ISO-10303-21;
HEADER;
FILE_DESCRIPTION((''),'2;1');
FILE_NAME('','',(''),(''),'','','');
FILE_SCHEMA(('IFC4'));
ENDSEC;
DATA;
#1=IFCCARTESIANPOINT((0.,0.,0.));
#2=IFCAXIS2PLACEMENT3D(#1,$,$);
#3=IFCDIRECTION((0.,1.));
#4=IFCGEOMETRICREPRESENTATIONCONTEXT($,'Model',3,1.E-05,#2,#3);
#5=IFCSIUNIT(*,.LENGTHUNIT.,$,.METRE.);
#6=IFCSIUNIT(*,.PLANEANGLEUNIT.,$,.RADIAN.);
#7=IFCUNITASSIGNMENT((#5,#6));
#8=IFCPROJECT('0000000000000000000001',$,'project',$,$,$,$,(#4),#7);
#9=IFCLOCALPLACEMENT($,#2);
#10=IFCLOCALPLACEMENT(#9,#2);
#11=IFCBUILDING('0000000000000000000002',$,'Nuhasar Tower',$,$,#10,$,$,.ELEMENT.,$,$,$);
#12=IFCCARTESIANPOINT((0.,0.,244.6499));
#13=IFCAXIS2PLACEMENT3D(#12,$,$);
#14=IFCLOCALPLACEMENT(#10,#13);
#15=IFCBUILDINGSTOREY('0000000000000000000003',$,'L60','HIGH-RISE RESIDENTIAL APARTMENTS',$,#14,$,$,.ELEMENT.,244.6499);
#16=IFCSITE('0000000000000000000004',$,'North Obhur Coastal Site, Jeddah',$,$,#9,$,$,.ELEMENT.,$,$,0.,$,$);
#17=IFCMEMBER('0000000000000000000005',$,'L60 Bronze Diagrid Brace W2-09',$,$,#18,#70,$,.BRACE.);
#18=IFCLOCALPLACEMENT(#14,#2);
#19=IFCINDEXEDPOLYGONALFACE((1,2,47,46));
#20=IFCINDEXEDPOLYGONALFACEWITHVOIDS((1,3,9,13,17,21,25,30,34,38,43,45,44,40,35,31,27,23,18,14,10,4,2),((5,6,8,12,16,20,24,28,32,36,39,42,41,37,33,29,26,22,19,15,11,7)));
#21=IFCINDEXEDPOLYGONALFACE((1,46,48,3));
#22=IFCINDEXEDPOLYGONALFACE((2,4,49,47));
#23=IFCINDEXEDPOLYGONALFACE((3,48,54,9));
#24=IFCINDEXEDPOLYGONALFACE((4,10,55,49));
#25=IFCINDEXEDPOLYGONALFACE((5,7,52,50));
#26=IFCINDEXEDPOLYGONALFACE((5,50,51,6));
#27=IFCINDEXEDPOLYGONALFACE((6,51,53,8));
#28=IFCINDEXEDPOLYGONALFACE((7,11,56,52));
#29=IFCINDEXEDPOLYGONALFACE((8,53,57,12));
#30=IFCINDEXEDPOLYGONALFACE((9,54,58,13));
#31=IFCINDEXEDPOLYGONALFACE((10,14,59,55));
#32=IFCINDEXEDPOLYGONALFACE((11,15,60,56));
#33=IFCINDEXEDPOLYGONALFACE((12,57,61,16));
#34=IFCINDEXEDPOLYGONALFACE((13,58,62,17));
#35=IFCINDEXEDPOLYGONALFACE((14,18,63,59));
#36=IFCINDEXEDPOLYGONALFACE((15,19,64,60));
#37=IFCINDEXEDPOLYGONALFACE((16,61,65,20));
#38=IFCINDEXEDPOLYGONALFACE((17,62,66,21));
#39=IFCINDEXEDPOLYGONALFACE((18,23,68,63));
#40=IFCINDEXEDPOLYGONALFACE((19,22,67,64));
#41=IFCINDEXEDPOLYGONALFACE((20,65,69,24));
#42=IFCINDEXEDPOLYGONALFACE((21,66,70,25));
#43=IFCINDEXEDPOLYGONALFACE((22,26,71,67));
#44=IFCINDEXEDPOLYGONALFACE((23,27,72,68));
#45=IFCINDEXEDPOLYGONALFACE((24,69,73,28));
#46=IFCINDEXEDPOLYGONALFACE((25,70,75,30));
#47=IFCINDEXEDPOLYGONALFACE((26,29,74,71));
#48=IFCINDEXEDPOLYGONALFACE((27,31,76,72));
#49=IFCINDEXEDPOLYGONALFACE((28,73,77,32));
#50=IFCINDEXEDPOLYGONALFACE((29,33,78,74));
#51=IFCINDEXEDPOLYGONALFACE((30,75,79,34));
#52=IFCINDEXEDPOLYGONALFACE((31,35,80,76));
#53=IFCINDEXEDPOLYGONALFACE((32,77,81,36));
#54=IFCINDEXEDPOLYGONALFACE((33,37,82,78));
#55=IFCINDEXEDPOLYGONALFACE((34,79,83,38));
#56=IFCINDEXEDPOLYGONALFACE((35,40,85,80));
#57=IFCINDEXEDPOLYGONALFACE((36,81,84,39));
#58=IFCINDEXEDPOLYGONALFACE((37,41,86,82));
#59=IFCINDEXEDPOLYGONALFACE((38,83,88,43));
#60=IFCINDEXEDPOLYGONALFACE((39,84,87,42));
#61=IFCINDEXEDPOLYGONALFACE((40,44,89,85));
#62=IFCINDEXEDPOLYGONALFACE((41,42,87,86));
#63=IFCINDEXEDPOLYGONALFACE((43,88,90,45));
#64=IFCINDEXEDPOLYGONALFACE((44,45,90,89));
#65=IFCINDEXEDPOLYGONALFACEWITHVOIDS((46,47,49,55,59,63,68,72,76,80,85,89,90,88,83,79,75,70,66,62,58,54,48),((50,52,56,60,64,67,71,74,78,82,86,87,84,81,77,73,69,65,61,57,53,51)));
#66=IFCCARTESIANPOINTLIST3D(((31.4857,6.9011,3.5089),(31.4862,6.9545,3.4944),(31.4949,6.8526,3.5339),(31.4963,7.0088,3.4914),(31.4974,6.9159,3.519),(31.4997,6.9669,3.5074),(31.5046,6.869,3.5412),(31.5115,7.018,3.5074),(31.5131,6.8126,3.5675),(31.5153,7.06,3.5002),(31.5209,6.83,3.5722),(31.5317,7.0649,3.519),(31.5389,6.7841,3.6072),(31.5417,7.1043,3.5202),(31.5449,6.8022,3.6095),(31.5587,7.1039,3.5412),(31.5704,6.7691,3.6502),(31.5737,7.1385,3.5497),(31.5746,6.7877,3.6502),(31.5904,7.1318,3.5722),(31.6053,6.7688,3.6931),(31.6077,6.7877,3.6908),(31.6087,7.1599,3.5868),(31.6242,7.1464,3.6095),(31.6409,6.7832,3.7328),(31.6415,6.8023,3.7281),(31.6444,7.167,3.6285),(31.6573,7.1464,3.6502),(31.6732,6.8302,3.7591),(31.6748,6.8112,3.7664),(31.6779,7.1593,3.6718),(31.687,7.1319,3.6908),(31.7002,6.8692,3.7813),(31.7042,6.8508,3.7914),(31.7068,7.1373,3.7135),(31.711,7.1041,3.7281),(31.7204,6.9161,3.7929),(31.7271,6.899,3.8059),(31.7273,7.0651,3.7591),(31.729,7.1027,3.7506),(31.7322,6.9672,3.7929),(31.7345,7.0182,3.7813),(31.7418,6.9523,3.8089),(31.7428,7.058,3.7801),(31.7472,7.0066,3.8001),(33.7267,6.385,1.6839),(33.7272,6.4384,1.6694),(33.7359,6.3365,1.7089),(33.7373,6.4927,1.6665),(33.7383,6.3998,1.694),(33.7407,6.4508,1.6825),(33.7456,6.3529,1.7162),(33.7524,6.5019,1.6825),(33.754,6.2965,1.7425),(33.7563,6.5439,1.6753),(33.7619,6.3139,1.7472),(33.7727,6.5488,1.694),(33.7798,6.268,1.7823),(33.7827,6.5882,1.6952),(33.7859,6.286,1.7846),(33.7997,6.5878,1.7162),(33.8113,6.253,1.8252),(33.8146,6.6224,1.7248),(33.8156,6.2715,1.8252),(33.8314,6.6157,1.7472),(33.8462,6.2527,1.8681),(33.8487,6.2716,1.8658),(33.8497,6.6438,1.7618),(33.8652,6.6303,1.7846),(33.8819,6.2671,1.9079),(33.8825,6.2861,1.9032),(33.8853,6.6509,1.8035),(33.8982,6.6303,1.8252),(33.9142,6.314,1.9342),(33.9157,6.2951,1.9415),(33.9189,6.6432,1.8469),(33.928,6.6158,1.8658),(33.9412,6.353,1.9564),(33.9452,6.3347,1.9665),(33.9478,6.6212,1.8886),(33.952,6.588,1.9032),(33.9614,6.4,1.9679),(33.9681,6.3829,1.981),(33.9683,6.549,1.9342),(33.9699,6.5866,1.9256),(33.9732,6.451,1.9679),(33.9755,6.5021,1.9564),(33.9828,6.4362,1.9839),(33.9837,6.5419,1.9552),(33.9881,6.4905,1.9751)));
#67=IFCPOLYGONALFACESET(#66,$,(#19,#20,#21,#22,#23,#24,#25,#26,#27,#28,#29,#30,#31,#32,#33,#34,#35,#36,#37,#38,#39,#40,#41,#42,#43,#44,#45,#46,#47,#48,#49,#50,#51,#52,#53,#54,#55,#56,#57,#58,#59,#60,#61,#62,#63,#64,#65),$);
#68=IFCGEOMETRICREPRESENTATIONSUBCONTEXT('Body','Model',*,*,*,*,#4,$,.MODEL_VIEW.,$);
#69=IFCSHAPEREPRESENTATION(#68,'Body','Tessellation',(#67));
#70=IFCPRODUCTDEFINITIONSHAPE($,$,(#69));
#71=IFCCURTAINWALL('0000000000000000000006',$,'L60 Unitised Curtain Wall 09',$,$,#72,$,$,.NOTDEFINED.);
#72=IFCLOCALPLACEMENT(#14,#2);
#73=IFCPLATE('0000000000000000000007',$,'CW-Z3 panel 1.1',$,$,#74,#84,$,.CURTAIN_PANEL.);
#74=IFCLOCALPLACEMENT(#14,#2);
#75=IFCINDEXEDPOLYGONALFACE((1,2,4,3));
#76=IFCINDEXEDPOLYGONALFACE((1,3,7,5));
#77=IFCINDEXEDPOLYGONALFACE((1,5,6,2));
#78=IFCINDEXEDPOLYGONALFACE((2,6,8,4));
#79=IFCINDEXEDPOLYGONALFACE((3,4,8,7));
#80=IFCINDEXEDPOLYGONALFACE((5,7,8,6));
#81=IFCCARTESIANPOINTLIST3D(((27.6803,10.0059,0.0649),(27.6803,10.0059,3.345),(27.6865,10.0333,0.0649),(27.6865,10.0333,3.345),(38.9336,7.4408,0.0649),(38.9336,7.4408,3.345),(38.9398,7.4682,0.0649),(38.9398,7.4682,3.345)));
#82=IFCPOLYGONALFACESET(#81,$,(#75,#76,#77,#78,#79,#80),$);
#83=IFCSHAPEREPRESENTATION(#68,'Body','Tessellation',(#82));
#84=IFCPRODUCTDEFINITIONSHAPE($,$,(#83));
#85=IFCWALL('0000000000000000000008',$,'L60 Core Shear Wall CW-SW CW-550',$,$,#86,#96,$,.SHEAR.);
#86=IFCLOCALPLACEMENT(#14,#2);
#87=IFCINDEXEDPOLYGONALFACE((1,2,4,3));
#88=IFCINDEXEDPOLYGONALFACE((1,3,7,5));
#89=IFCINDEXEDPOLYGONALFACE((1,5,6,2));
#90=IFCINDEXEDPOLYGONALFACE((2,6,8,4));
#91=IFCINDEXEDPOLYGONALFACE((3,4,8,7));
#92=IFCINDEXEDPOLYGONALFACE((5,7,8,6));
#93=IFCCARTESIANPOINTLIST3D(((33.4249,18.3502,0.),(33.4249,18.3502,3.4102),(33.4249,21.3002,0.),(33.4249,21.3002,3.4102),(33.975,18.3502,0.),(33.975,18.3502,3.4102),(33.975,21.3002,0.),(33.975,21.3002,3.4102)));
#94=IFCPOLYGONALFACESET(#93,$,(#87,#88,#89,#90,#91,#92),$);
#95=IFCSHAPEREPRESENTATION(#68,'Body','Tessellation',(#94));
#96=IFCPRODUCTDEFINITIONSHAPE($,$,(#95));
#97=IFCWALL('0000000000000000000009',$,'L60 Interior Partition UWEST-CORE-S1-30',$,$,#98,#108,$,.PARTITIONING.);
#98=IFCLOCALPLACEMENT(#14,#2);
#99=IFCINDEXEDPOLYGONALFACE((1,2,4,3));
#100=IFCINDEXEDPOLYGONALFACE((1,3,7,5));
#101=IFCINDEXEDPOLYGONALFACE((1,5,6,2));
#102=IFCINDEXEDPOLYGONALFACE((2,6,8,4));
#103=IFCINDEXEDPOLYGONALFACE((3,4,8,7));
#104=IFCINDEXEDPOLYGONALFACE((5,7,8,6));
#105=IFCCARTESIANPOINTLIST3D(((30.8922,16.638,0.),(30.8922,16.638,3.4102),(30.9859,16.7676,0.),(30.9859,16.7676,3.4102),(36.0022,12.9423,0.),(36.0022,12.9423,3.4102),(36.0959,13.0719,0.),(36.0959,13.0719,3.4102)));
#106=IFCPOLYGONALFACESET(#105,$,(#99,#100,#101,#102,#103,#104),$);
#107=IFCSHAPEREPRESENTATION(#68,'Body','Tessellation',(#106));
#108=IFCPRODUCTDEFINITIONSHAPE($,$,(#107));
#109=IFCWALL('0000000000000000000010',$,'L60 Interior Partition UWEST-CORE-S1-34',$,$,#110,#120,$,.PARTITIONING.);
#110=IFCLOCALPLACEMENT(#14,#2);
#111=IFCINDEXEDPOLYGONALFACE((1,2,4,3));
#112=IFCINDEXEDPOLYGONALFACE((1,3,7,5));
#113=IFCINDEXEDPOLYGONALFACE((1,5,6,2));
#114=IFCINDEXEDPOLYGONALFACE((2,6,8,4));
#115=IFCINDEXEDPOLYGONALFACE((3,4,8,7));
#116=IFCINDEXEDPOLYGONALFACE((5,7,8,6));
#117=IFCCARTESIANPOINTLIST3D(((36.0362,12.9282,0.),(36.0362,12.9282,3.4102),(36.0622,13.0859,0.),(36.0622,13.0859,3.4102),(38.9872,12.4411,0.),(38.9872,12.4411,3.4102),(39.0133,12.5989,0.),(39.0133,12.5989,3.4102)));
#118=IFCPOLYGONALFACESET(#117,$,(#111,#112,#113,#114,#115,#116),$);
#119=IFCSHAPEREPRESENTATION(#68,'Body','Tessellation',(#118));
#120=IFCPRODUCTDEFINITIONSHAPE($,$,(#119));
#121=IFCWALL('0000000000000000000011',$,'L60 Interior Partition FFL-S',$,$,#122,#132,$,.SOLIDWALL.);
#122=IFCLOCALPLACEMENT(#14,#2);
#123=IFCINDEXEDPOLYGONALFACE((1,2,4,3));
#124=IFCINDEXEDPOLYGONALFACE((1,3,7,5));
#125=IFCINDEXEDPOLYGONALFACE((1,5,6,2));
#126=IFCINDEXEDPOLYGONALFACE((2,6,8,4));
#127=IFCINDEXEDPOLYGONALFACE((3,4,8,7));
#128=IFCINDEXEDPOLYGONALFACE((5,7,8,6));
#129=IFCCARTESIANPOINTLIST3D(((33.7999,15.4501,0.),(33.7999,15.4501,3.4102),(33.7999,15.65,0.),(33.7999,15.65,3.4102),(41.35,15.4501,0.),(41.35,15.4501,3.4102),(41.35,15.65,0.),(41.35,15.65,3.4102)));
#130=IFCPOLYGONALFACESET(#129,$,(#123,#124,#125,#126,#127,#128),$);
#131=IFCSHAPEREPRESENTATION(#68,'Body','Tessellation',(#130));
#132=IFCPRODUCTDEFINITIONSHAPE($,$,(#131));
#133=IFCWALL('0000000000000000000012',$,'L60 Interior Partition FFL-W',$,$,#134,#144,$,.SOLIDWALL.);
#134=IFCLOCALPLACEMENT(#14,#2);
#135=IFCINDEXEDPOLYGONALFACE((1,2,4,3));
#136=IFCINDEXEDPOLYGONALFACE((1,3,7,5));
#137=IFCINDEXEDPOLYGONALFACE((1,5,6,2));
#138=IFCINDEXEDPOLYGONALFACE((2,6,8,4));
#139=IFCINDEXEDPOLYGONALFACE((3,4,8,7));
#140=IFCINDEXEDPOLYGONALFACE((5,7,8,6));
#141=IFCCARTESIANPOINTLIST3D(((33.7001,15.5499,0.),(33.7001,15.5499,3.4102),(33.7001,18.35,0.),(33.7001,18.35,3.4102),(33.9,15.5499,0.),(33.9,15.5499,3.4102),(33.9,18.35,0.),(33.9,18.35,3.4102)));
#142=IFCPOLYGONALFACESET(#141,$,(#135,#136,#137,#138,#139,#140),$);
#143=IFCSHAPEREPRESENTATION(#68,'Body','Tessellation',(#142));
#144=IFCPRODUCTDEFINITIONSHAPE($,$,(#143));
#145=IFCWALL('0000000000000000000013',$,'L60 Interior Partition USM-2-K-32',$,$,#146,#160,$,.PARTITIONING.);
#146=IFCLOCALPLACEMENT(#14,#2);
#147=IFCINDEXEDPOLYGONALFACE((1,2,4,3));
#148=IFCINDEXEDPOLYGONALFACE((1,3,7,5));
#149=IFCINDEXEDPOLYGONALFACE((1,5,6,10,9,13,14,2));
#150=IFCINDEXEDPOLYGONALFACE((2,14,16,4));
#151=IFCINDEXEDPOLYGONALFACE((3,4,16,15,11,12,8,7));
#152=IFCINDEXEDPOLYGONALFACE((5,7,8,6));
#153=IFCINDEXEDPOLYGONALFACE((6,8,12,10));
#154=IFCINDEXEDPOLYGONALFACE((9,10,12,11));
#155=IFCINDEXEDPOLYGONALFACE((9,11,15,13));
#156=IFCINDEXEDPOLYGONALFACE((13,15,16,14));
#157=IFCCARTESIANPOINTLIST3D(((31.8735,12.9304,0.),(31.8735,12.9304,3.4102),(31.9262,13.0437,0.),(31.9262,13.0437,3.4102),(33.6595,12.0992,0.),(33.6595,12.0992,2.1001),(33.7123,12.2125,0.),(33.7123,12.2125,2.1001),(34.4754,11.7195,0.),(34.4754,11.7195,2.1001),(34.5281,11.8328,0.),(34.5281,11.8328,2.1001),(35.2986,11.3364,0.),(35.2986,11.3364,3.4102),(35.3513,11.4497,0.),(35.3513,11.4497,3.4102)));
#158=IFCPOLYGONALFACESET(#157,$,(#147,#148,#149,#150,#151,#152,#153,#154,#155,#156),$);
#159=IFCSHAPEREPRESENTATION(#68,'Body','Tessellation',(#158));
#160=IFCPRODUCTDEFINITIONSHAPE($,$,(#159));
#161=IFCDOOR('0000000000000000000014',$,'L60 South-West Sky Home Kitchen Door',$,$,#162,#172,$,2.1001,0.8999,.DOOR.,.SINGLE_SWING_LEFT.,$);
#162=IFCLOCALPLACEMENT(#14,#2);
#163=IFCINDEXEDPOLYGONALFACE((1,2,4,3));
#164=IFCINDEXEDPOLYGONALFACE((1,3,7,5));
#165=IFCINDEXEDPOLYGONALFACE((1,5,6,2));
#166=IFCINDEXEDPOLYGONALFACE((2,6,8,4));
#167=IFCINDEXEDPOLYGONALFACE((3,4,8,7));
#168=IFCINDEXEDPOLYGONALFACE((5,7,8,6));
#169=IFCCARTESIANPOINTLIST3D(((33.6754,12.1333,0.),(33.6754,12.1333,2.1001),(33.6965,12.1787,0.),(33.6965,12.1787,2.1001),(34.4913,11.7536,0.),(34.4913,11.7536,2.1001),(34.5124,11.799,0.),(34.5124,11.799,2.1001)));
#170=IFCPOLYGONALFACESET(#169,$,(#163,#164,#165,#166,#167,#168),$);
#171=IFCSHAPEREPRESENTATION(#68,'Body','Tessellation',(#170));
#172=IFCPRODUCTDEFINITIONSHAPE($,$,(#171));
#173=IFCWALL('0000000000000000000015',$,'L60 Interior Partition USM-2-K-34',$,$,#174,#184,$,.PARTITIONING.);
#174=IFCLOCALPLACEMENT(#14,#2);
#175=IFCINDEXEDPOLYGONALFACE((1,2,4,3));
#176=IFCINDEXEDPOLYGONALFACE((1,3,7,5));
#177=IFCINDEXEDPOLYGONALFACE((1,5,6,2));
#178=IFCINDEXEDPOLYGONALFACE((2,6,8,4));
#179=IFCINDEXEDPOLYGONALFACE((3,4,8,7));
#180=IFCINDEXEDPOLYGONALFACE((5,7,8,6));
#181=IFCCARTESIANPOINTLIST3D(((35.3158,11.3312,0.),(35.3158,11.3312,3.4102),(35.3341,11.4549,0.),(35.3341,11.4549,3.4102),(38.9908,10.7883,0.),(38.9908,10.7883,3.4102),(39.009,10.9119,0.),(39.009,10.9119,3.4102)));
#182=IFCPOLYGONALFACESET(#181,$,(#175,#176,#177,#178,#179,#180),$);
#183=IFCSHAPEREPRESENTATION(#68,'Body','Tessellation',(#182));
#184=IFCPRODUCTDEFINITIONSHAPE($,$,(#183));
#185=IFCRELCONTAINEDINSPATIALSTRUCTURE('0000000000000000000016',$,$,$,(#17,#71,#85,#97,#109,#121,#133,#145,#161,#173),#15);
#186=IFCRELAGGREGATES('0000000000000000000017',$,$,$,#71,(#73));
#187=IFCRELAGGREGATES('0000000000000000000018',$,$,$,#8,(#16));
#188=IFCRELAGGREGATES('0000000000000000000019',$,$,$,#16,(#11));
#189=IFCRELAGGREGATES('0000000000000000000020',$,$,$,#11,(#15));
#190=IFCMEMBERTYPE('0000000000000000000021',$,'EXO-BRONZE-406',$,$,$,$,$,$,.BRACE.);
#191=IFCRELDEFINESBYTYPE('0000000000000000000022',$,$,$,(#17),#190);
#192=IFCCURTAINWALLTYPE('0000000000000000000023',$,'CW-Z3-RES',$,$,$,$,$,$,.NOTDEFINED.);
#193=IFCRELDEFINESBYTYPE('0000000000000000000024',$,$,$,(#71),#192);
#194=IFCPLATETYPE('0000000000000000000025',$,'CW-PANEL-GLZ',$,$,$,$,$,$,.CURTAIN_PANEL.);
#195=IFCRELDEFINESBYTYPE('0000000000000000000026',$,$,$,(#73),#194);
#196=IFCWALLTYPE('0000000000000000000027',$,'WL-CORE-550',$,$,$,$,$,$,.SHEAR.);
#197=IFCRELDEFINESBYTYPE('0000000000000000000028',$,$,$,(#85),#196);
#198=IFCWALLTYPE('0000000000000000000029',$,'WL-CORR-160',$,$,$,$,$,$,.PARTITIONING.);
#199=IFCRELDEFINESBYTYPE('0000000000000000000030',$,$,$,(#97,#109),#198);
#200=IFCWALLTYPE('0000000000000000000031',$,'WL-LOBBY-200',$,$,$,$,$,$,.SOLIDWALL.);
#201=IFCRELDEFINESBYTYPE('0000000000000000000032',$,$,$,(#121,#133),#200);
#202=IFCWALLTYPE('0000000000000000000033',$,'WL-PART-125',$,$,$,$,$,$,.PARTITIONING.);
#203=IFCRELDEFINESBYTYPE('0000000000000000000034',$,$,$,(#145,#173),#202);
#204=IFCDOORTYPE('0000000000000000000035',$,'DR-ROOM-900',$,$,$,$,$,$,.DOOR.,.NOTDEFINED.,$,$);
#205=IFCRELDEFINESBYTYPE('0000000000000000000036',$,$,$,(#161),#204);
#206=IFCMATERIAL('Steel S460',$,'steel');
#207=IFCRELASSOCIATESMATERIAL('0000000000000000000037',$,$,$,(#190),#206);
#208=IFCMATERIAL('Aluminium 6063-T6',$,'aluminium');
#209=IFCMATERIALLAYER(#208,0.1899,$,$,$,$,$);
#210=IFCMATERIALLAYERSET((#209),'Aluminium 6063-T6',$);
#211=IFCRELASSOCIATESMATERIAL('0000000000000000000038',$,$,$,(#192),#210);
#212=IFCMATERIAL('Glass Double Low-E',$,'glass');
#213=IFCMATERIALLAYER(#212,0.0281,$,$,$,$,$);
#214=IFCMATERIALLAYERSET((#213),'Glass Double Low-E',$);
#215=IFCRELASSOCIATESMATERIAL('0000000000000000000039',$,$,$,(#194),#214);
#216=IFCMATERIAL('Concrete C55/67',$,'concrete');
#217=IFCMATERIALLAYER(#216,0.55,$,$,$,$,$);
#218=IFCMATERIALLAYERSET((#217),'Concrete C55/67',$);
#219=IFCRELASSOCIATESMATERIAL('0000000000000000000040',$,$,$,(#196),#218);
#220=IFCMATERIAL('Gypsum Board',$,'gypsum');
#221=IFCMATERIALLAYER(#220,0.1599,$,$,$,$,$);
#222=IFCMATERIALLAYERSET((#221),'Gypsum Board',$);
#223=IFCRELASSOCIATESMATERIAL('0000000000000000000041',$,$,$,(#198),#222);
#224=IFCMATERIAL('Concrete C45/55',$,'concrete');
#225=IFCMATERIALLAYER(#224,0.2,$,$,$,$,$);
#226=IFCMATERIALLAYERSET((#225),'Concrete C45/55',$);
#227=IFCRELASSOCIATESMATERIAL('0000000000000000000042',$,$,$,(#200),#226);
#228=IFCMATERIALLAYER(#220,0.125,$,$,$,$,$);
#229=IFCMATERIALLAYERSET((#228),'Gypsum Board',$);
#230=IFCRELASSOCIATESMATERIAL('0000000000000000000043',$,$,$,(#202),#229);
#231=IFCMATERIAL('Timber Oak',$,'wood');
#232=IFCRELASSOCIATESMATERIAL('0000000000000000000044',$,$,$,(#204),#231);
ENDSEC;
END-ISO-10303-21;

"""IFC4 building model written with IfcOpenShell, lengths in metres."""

from ifc_helpers import new_model, si_unit, direction, frame, frame_2d, origin, origin_2d, place, context, subcontext, project, spatial, rectangle, hollow_circle, extrude, material, layer, layer_set, material_profile, profile_set, type_object, element, fill, aggregate, save


model = new_model("IFC4")

# Units and contexts
model_context = context("Model", 3, precision=1e-05, world=origin(), true_north=direction((0.0, 1.0)))
body_context = subcontext(model_context, "Body", "Model", "MODEL_VIEW")
ifc_project = project(units=[si_unit("LENGTHUNIT", "METRE"), si_unit("PLANEANGLEUNIT", "RADIAN")], contexts=[model_context])

# Site, building, storey
site_placement = place(None, origin())
site = spatial("IfcSite", under=ifc_project, at=site_placement, Name="North Obhur Coastal Site, Jeddah", CompositionType="ELEMENT", RefElevation=0.0)
building_placement = place(site_placement, origin())
building = spatial("IfcBuilding", under=site, at=building_placement, Name="Nuhasar Tower", CompositionType="ELEMENT")
storey_placement = place(building_placement, frame((0.0, 0.0, 244.6499)))
storey = spatial("IfcBuildingStorey", under=building, at=storey_placement, Name="L60", Description="HIGH-RISE RESIDENTIAL APARTMENTS", CompositionType="ELEMENT", Elevation=244.6499)

# Shared definitions
ifc_material_1 = material(Name="Concrete C55/67", Category="concrete")

# Member
ifc_material_2 = material(Name="Steel S460", Category="steel")
ifc_material_profile_1 = material_profile(ifc_material_2, hollow_circle(Radius=0.2031, WallThickness=0.019, at=origin_2d()), Name="HSS406.4X19.1")
ifc_profile_set_1 = profile_set([ifc_material_profile_1], Name="Steel S460")
member_type = type_object("IfcMemberType", Name="EXO-BRONZE-406", PredefinedType="BRACE", material=ifc_profile_set_1)
member_1_placement = place(storey_placement, frame((33.8569, 6.4509, 1.8252), z_axis=(-0.763332, 0.175802, 0.621626), x_axis=(-0.224433, -0.97449, 0.0)))
element("IfcMember", 1, at=member_1_placement, inside=storey, type_object=member_type, Name="L60 Bronze Diagrid Brace W2-09", PredefinedType="BRACE", context=body_context, shape_type="SweptSolid", body=[
    extrude(hollow_circle(Radius=0.2031, WallThickness=0.019, at=origin_2d()), origin(), (0.0, 0.0, 1.0), 2.9358),
])

# Curtain wall, plate
ifc_material_3 = material(Name="Aluminium 6063-T6", Category="aluminium")
ifc_layer_1 = layer(ifc_material_3, 0.1899)
ifc_layer_set_1 = layer_set([ifc_layer_1], Name="Aluminium 6063-T6")
curtain_wall_type = type_object("IfcCurtainWallType", Name="CW-Z3-RES", PredefinedType="NOTDEFINED", material=ifc_layer_set_1)
curtain_wall_placement = place(storey_placement, origin())
curtain_wall = element("IfcCurtainWall", 2, at=curtain_wall_placement, inside=storey, type_object=curtain_wall_type, Name="L60 Unitised Curtain Wall 09", PredefinedType="NOTDEFINED")
ifc_material_4 = material(Name="Glass Double Low-E", Category="glass")
ifc_layer_2 = layer(ifc_material_4, 0.0281)
ifc_layer_set_2 = layer_set([ifc_layer_2], Name="Glass Double Low-E")
plate_type = type_object("IfcPlateType", Name="CW-PANEL-GLZ", PredefinedType="CURTAIN_PANEL", material=ifc_layer_set_2)
plate_placement = place(storey_placement, frame((33.3101, 8.7371, 0.0649), z_axis=(0.0, 0.0, 1.0), x_axis=(0.974991, -0.222243, 0.0)))
plate = element("IfcPlate", 3, at=plate_placement, type_object=plate_type, Name="CW-Z3 panel 1.1", PredefinedType="CURTAIN_PANEL", context=body_context, shape_type="SweptSolid", body=[
    extrude(rectangle(XDim=11.542, YDim=0.0281, at=origin_2d()), origin(), (0.0, 0.0, 1.0), 3.28),
])
aggregate(curtain_wall, [plate])

# Walls
ifc_layer_3 = layer(ifc_material_1, 0.55)
ifc_layer_set_3 = layer_set([ifc_layer_3], Name="Concrete C55/67")
wall_type_1 = type_object("IfcWallType", Name="WL-CORE-550", PredefinedType="SHEAR", material=ifc_layer_set_3)
wall_1_placement = place(storey_placement, frame((33.7, 18.3501, 0.0), z_axis=(0.0, 0.0, 1.0), x_axis=(0.0, 1.0, 0.0)))
element("IfcWall", 4, at=wall_1_placement, inside=storey, type_object=wall_type_1, Name="L60 Core Shear Wall CW-SW CW-550", PredefinedType="SHEAR", context=body_context, shape_type="SweptSolid", body=[
    extrude(rectangle(XDim=2.95, YDim=0.55, at=frame_2d((1.4751, 0.0))), origin(), (0.0, 0.0, 1.0), 3.4102),
])
ifc_material_5 = material(Name="Gypsum Board", Category="gypsum")
ifc_layer_4 = layer(ifc_material_5, 0.1599)
ifc_layer_set_4 = layer_set([ifc_layer_4], Name="Gypsum Board")
wall_type_2 = type_object("IfcWallType", Name="WL-CORR-160", PredefinedType="PARTITIONING", material=ifc_layer_set_4)
wall_2_placement = place(storey_placement, frame((30.939, 16.7029, 0.0), z_axis=(0.0, 0.0, 1.0), x_axis=(0.81029, -0.586029, 0.0)))
element("IfcWall", 5, at=wall_2_placement, inside=storey, type_object=wall_type_2, Name="L60 Interior Partition UWEST-CORE-S1-30", PredefinedType="PARTITIONING", context=body_context, shape_type="SweptSolid", body=[
    extrude(rectangle(XDim=6.3064, YDim=0.1599, at=frame_2d((3.1533, 0.0))), origin(), (0.0, 0.0, 1.0), 3.4102),
])
wall_3_placement = place(storey_placement, frame((36.0491, 13.0071, 0.0), z_axis=(0.0, 0.0, 1.0), x_axis=(0.986651, -0.16285, 0.0)))
element("IfcWall", 6, at=wall_3_placement, inside=storey, type_object=wall_type_2, Name="L60 Interior Partition UWEST-CORE-S1-34", PredefinedType="PARTITIONING", context=body_context, shape_type="SweptSolid", body=[
    extrude(rectangle(XDim=2.991, YDim=0.1599, at=frame_2d((1.4956, 0.0))), origin(), (0.0, 0.0, 1.0), 3.4102),
])
ifc_material_6 = material(Name="Concrete C45/55", Category="concrete")
ifc_layer_5 = layer(ifc_material_6, 0.2)
ifc_layer_set_5 = layer_set([ifc_layer_5], Name="Concrete C45/55")
wall_type_3 = type_object("IfcWallType", Name="WL-LOBBY-200", PredefinedType="SOLIDWALL", material=ifc_layer_set_5)
wall_4_placement = place(storey_placement, frame((33.8, 15.55, 0.0), z_axis=(0.0, 0.0, 1.0), x_axis=(1.0, 0.0, 0.0)))
element("IfcWall", 7, at=wall_4_placement, inside=storey, type_object=wall_type_3, Name="L60 Interior Partition FFL-S", PredefinedType="SOLIDWALL", context=body_context, shape_type="SweptSolid", body=[
    extrude(rectangle(XDim=7.55, YDim=0.2, at=frame_2d((3.7749, 0.0))), origin(), (0.0, 0.0, 1.0), 3.4102),
])
wall_5_placement = place(storey_placement, frame((33.8, 15.55, 0.0), z_axis=(0.0, 0.0, 1.0), x_axis=(0.0, 1.0, 0.0)))
element("IfcWall", 8, at=wall_5_placement, inside=storey, type_object=wall_type_3, Name="L60 Interior Partition FFL-W", PredefinedType="SOLIDWALL", context=body_context, shape_type="SweptSolid", body=[
    extrude(rectangle(XDim=2.8, YDim=0.2, at=frame_2d((1.3999, 0.0))), origin(), (0.0, 0.0, 1.0), 3.4102),
])

# Wall, opening, door
ifc_layer_6 = layer(ifc_material_5, 0.125)
ifc_layer_set_6 = layer_set([ifc_layer_6], Name="Gypsum Board")
wall_type_4 = type_object("IfcWallType", Name="WL-PART-125", PredefinedType="PARTITIONING", material=ifc_layer_set_6)
wall_6_placement = place(storey_placement, frame((35.325, 11.3931, 0.0), z_axis=(0.0, 0.0, 1.0), x_axis=(-0.906625, 0.421937, 0.0)))
wall_6 = element("IfcWall", 9, at=wall_6_placement, inside=storey, type_object=wall_type_4, Name="L60 Interior Partition USM-2-K-32", PredefinedType="PARTITIONING", context=body_context, shape_type="SweptSolid", body=[
    extrude(rectangle(XDim=3.7778, YDim=0.125, at=frame_2d((1.8889, 0.0))), origin(), (0.0, 0.0, 1.0), 3.4102),
])
opening_1_placement = place(wall_6_placement, frame((0.908, 0.0, 0.0)))
opening_1 = element("IfcOpeningElement", 10, at=opening_1_placement, cuts=wall_6, PredefinedType="OPENING", context=body_context, shape_type="SweptSolid", body=[
    extrude(rectangle(XDim=0.8999, YDim=2.1001, at=frame_2d((0.45, 1.05))), frame((0.0, 0.0725, 0.0), z_axis=(0.0, -1.0, 0.0), x_axis=(1.0, 0.0, 0.0)), (0.0, 0.0, 1.0), 0.145),
])
ifc_material_7 = material(Name="Timber Oak", Category="wood")
door_type = type_object("IfcDoorType", Name="DR-ROOM-900", OperationType="NOTDEFINED", PredefinedType="DOOR", material=ifc_material_7)
door_1_placement = place(opening_1_placement, origin())
door_1 = element("IfcDoor", 11, at=door_1_placement, inside=storey, type_object=door_type, Name="L60 South-West Sky Home Kitchen Door", OperationType="SINGLE_SWING_LEFT", OverallHeight=2.1001, OverallWidth=0.8999, PredefinedType="DOOR", context=body_context, shape_type="SweptSolid", body=[
    extrude(rectangle(XDim=0.8999, YDim=2.1001, at=frame_2d((0.45, 1.05))), frame((0.0, 0.0249, 0.0), z_axis=(0.0, -1.0, 0.0), x_axis=(1.0, 0.0, 0.0)), (0.0, 0.0, 1.0), 0.05),
])
fill(opening_1, door_1)

# Wall
wall_7_placement = place(storey_placement, frame((35.325, 11.3931, 0.0), z_axis=(0.0, 0.0, 1.0), x_axis=(0.989261, -0.146158, 0.0)))
element("IfcWall", 12, at=wall_7_placement, inside=storey, type_object=wall_type_4, Name="L60 Interior Partition USM-2-K-34", PredefinedType="PARTITIONING", context=body_context, shape_type="SweptSolid", body=[
    extrude(rectangle(XDim=3.7148, YDim=0.125, at=frame_2d((1.8574, 0.0))), origin(), (0.0, 0.0, 1.0), 3.4102),
])

save(model, "model.ifc")
